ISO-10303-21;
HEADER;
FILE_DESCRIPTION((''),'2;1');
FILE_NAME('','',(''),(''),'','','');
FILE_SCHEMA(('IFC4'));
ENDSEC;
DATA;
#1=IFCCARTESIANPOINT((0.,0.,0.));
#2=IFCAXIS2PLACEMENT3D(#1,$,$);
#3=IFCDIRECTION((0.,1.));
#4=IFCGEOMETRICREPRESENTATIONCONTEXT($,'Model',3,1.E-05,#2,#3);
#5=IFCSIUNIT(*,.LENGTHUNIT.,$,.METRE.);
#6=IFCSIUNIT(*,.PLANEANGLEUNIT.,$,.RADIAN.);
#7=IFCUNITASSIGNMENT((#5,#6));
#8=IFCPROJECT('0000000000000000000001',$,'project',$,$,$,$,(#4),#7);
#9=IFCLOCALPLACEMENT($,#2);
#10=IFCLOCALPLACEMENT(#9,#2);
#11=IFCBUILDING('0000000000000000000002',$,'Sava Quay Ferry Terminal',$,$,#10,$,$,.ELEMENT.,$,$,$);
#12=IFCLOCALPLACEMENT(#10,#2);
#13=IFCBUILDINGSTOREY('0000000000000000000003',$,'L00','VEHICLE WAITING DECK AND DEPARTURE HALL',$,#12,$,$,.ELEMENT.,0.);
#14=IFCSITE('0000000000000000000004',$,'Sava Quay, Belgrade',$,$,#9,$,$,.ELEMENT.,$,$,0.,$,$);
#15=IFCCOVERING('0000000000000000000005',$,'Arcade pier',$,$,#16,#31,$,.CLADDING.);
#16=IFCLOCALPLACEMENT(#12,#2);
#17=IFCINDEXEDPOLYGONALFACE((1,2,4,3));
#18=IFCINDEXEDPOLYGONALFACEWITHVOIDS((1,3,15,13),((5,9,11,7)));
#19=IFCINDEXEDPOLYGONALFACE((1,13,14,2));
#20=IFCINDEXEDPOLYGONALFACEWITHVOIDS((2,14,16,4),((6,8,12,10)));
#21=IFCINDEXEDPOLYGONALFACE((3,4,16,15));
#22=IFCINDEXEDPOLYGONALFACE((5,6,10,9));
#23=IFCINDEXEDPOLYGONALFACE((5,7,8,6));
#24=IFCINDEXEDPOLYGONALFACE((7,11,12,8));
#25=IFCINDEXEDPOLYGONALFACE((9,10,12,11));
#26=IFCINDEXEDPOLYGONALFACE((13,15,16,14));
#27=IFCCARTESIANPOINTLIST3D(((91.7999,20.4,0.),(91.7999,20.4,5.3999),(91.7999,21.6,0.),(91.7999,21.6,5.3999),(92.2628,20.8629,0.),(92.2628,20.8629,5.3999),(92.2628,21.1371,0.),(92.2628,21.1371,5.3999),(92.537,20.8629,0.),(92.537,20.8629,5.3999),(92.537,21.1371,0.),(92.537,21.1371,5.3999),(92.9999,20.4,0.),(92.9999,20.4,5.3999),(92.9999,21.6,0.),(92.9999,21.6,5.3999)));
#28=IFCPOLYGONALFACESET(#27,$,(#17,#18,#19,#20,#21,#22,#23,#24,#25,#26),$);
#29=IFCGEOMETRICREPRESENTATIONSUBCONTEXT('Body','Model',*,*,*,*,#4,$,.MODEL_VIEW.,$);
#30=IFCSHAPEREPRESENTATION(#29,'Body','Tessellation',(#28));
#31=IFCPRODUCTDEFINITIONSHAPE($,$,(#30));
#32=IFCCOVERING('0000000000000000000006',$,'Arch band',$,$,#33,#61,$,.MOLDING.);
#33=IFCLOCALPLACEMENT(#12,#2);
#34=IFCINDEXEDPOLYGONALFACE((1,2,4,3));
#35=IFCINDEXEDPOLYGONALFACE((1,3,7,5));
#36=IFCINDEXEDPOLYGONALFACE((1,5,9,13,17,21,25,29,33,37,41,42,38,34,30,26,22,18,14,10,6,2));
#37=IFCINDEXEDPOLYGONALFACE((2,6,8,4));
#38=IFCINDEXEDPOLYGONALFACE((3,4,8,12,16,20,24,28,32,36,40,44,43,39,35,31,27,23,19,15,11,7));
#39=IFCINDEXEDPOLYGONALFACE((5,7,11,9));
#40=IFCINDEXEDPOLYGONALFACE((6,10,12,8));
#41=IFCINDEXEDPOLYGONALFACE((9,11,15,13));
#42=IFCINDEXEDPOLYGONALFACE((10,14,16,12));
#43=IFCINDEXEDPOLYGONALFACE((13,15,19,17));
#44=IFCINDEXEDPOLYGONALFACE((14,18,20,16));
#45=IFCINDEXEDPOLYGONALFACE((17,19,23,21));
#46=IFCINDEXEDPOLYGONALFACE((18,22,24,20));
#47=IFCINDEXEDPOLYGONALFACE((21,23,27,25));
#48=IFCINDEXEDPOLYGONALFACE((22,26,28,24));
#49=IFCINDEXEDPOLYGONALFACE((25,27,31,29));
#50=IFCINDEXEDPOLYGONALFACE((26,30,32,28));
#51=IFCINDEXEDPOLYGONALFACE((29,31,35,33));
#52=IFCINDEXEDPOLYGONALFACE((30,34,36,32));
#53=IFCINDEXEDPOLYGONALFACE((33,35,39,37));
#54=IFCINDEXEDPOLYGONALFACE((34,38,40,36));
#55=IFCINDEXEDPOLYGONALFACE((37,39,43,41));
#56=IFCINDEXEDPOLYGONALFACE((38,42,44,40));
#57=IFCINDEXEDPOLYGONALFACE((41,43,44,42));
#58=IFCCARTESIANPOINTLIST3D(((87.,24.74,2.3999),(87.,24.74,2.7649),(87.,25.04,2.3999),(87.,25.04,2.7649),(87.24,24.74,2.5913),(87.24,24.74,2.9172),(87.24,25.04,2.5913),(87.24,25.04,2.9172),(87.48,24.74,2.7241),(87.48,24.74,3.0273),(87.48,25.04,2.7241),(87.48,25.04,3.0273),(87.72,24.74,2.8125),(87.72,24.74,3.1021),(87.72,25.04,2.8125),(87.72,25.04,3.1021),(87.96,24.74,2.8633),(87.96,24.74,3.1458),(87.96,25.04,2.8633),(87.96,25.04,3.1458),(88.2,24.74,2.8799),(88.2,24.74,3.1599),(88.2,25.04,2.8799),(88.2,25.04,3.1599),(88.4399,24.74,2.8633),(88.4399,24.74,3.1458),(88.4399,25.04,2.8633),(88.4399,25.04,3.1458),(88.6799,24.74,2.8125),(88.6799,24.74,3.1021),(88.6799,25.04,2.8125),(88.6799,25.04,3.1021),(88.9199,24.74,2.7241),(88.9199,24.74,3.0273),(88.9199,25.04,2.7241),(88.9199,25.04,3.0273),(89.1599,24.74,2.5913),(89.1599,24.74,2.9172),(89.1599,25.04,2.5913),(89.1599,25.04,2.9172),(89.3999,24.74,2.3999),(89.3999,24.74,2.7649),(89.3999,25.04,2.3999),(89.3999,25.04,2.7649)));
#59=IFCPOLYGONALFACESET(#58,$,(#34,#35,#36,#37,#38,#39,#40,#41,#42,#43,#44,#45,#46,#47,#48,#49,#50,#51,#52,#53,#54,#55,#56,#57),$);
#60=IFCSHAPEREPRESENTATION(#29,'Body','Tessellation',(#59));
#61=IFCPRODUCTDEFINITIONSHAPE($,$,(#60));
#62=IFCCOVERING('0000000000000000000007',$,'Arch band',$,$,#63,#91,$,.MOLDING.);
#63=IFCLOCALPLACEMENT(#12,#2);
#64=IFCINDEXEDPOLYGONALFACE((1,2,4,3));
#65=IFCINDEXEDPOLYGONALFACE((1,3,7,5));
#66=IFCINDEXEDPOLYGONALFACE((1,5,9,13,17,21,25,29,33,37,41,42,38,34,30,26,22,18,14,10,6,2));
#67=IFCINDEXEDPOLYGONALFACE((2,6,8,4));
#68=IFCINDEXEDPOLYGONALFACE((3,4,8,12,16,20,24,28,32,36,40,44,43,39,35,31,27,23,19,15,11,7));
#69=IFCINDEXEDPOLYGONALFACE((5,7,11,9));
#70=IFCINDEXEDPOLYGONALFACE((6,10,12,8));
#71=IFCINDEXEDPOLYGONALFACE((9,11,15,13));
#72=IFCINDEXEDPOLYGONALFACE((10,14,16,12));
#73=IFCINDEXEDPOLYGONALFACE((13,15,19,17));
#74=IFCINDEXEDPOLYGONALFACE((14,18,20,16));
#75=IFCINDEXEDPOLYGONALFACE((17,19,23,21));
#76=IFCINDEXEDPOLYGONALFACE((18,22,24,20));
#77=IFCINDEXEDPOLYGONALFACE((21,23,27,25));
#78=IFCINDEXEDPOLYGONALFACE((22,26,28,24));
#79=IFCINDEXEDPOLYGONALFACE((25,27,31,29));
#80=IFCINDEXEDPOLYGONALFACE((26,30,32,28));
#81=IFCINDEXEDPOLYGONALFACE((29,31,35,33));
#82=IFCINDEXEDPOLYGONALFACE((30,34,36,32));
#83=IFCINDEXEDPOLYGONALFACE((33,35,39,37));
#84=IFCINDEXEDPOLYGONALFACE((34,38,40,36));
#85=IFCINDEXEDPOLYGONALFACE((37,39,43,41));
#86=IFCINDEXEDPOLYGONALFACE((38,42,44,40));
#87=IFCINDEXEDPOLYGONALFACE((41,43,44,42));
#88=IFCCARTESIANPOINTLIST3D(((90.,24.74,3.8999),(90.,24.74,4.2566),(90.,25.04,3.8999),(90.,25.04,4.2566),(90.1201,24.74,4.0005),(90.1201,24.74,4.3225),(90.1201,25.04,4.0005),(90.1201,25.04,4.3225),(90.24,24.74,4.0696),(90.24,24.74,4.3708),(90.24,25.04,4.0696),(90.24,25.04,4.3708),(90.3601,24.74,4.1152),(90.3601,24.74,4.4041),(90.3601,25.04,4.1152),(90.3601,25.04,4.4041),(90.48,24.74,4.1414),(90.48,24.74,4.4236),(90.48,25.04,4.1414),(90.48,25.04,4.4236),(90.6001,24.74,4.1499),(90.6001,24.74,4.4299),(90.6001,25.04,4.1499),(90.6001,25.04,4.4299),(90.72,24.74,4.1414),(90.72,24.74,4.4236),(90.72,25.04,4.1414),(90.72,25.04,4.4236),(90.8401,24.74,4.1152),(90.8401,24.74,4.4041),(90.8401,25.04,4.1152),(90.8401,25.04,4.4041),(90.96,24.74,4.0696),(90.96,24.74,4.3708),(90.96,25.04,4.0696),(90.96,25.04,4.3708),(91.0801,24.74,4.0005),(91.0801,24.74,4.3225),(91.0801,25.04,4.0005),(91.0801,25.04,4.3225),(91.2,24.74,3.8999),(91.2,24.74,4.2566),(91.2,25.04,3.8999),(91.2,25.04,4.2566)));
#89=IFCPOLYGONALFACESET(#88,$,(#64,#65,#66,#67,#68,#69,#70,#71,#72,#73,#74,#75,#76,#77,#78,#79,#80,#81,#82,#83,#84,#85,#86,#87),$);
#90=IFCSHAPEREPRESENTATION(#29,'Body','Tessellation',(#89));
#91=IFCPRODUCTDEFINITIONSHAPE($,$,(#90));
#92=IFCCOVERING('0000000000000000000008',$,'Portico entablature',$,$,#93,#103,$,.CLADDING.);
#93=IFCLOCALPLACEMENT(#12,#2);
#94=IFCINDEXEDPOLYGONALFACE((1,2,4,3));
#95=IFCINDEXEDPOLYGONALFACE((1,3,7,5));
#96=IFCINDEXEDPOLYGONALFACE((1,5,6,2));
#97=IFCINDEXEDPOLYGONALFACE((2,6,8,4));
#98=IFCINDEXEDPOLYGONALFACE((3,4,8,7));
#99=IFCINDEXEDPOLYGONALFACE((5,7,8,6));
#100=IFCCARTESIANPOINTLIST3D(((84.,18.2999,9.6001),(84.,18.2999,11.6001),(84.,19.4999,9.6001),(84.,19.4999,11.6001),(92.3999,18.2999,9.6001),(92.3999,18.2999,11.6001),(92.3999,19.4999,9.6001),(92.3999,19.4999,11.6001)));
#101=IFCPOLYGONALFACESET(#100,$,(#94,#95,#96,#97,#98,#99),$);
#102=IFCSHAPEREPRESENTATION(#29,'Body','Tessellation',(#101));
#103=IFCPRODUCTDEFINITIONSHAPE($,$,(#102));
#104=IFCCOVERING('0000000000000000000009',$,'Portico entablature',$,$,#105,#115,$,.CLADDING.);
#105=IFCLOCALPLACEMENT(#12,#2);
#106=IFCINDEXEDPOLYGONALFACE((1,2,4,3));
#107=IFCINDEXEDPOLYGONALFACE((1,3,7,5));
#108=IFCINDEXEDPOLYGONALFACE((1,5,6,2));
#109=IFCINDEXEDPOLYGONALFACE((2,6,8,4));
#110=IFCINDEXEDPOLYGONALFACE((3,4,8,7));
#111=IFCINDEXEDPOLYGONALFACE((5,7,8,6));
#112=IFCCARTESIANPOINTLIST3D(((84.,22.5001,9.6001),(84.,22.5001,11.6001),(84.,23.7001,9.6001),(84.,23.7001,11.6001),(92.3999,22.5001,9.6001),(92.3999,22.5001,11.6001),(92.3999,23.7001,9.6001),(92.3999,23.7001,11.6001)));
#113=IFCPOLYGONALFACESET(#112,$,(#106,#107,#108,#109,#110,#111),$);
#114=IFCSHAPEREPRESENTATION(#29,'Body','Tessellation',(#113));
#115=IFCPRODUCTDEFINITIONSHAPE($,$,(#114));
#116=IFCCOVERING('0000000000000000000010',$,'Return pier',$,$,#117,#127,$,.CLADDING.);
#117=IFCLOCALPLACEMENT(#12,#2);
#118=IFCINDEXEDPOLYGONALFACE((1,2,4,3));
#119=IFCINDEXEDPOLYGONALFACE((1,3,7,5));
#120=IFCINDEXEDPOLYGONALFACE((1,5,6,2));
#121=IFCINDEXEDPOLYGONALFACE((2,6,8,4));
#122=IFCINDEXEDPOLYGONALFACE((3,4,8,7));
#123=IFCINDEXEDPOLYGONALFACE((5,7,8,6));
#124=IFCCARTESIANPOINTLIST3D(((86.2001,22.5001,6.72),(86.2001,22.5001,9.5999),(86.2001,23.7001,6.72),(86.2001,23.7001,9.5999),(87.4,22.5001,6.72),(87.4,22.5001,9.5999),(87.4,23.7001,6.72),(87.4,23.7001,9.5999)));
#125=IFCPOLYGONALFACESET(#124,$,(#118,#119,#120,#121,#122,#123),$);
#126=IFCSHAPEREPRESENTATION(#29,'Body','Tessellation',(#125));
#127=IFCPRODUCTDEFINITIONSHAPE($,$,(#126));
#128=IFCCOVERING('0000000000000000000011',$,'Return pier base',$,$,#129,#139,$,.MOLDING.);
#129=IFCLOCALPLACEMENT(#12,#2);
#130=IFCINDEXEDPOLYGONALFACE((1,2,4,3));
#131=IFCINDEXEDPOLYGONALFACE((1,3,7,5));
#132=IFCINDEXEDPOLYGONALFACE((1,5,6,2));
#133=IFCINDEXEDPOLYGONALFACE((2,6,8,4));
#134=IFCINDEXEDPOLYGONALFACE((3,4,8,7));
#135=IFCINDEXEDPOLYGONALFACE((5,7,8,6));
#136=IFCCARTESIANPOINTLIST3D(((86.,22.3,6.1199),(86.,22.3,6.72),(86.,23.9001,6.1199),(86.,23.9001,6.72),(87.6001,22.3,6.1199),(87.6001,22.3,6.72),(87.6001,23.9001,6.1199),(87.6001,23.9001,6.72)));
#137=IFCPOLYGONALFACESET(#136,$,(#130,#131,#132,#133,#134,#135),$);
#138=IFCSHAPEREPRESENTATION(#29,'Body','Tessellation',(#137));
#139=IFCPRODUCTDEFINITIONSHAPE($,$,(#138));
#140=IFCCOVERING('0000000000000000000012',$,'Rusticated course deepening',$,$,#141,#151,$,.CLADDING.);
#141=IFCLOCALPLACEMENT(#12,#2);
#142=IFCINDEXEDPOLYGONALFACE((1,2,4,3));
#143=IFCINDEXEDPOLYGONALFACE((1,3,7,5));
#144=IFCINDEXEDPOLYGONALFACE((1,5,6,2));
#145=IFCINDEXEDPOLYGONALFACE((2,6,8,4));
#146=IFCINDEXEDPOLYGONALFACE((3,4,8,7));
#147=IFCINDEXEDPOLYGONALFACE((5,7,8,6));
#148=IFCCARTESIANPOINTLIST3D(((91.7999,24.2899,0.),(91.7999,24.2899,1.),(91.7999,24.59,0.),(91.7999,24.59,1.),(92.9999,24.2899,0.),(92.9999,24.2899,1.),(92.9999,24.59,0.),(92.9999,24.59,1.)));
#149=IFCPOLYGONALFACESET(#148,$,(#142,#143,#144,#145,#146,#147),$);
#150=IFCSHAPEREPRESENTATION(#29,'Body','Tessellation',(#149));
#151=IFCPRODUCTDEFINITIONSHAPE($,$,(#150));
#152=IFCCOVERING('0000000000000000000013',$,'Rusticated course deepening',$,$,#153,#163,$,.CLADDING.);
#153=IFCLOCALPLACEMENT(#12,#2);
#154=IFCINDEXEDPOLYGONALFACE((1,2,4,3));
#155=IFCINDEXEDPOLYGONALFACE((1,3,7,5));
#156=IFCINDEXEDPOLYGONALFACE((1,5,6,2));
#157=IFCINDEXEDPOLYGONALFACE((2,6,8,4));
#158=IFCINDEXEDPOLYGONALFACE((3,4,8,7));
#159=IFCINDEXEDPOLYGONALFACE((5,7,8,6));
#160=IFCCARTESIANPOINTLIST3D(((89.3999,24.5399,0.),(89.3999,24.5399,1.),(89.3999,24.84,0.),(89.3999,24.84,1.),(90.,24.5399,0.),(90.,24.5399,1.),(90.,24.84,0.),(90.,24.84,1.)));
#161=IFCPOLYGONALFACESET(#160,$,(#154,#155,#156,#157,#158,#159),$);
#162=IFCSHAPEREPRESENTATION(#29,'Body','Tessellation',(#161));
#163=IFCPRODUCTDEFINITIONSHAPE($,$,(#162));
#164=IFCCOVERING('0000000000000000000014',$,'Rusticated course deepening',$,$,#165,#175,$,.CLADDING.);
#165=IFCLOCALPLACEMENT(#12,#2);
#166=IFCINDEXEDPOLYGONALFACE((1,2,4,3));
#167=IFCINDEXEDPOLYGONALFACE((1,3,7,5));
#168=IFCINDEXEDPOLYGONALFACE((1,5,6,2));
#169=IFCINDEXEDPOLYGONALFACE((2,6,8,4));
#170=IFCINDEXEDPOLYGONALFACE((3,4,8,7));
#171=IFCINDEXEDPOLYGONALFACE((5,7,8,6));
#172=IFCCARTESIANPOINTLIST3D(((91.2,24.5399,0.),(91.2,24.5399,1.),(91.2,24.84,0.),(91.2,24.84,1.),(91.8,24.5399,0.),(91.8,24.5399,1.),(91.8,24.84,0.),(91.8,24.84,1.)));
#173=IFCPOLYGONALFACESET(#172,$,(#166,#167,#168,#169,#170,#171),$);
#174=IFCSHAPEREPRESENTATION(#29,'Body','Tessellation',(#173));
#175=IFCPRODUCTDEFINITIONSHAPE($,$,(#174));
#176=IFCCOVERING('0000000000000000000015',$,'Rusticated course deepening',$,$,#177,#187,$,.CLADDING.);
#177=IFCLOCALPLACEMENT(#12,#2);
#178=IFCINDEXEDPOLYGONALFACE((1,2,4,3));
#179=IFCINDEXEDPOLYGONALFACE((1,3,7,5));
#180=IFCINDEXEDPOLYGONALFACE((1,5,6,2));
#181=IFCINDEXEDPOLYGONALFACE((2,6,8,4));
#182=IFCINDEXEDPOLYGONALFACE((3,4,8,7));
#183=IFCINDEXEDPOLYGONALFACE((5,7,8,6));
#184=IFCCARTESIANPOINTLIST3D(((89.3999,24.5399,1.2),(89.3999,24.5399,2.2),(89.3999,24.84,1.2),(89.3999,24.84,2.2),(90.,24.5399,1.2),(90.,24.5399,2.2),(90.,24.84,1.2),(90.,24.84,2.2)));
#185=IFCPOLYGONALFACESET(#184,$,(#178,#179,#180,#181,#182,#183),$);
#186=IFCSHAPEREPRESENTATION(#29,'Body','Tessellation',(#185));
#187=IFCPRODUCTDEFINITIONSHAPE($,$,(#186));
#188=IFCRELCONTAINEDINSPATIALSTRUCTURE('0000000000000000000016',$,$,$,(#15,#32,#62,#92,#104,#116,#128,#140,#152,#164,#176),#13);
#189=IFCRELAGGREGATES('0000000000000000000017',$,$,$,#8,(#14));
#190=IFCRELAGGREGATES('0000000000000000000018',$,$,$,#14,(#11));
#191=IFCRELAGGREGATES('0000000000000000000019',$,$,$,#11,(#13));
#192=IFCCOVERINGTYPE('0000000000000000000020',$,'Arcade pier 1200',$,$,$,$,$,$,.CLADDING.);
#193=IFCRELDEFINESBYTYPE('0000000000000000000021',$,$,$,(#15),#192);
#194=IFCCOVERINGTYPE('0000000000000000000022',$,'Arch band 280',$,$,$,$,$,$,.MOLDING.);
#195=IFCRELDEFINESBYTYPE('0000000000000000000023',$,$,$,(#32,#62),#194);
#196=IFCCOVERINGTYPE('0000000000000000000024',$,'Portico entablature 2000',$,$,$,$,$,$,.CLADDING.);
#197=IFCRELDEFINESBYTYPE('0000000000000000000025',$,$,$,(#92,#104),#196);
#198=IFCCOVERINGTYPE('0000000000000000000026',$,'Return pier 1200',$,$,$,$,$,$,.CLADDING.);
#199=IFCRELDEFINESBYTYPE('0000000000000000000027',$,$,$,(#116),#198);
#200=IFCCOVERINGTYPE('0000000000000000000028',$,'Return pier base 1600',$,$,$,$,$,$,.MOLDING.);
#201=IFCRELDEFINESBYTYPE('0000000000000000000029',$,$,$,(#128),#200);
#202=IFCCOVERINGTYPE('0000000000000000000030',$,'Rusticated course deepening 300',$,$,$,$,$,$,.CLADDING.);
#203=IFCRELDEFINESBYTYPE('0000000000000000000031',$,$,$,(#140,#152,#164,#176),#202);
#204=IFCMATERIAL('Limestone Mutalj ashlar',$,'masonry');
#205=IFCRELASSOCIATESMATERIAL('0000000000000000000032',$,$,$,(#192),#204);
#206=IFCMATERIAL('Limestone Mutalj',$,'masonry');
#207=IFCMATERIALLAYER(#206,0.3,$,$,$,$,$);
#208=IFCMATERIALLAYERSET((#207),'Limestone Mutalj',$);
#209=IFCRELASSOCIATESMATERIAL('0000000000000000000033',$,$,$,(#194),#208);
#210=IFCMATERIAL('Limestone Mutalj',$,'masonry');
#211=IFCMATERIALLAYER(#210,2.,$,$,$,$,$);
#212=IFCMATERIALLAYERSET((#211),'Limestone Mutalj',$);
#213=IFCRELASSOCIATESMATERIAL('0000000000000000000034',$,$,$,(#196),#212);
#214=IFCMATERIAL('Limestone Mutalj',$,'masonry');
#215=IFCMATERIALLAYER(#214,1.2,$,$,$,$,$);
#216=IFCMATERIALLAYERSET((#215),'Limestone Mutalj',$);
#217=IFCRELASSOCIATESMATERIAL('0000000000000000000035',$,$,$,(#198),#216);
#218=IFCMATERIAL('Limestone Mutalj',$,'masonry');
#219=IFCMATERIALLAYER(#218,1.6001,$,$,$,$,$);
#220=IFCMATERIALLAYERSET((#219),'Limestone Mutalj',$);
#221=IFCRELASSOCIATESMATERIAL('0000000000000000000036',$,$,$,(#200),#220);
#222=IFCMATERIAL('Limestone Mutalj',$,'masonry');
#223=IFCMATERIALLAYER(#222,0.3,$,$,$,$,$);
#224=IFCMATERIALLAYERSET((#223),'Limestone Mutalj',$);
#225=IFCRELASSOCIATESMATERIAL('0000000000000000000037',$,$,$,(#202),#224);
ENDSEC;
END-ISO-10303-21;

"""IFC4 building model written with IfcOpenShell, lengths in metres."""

from ifc_helpers import new_model, si_unit, direction, frame, origin, origin_2d, place, context, subcontext, project, spatial, polyline, rectangle, hollow_rectangle, outline, extrude, material, layer, layer_set, material_profile, profile_set, type_object, element, save


model = new_model("IFC4")

# Units and contexts
model_context = context("Model", 3, precision=1e-05, world=origin(), true_north=direction((0.0, 1.0)))
body_context = subcontext(model_context, "Body", "Model", "MODEL_VIEW")
ifc_project = project(units=[si_unit("LENGTHUNIT", "METRE"), si_unit("PLANEANGLEUNIT", "RADIAN")], contexts=[model_context])

# Site, building, storey
site_placement = place(None, origin())
site = spatial("IfcSite", under=ifc_project, at=site_placement, Name="Sava Quay, Belgrade", CompositionType="ELEMENT", RefElevation=0.0)
building_placement = place(site_placement, origin())
building = spatial("IfcBuilding", under=site, at=building_placement, Name="Sava Quay Ferry Terminal", CompositionType="ELEMENT")
storey_placement = place(building_placement, origin())
storey = spatial("IfcBuildingStorey", under=building, at=storey_placement, Name="L00", Description="VEHICLE WAITING DECK AND DEPARTURE HALL", CompositionType="ELEMENT", Elevation=0.0)

# Coverings
ifc_material_1 = material(Name="Limestone Mutalj ashlar", Category="masonry")
ifc_material_profile_1 = material_profile(ifc_material_1, hollow_rectangle(XDim=1.2, YDim=1.2, WallThickness=0.4629, at=origin_2d()), Name="Arcade pier 1200")
ifc_profile_set_1 = profile_set([ifc_material_profile_1], Name="Limestone Mutalj ashlar")
covering_type_1 = type_object("IfcCoveringType", Name="Arcade pier 1200", PredefinedType="CLADDING", material=ifc_profile_set_1)
covering_1_placement = place(storey_placement, frame((92.3999, 21.0, 0.0), z_axis=(0.0, 0.0, 1.0), x_axis=(1.0, 0.0, 0.0)))
element("IfcCovering", 1, at=covering_1_placement, inside=storey, type_object=covering_type_1, Name="Arcade pier", PredefinedType="CLADDING", context=body_context, shape_type="SweptSolid", body=[
    extrude(hollow_rectangle(XDim=1.2, YDim=1.2, WallThickness=0.4629, at=origin_2d()), origin(), (0.0, 0.0, 1.0), 5.3999),
])
ifc_material_2 = material(Name="Limestone Mutalj", Category="masonry")
ifc_layer_1 = layer(ifc_material_2, 0.3)
ifc_layer_set_1 = layer_set([ifc_layer_1], Name="Limestone Mutalj")
covering_type_2 = type_object("IfcCoveringType", Name="Arch band 280", PredefinedType="MOLDING", material=ifc_layer_set_1)
covering_2_placement = place(storey_placement, frame((87.0, 24.74, 2.3999), z_axis=(0.0, -1.0, 0.0), x_axis=(0.781799, 0.0, 0.62353)))
element("IfcCovering", 2, at=covering_2_placement, inside=storey, type_object=covering_type_2, Name="Arch band", PredefinedType="MOLDING", context=body_context, shape_type="SweptSolid", body=[
    extrude(outline(polyline([(0.0, 0.0), (0.307, 0.0), (0.5774, -0.0458), (0.8201, -0.1264), (1.0394, -0.2363), (1.2374, -0.373), (1.4147, -0.5356), (1.5706, -0.7249), (1.7032, -0.9437), (1.808, -1.1971), (1.8762, -1.4964), (2.1038, -1.2111), (2.0112, -0.9423), (1.8922, -0.7066), (1.7512, -0.4985), (1.5908, -0.3147), (1.412, -0.154), (1.2156, -0.0155), (1.0007, 0.1), (0.7665, 0.1913), (0.5102, 0.2548), (0.2276, 0.2853), (0.0, 0.0)])), origin(), (0.0, 0.0, -1.0), 0.3),
])
covering_3_placement = place(storey_placement, frame((90.0, 24.74, 3.8999), z_axis=(0.0, -1.0, 0.0), x_axis=(0.766686, 0.0, 0.642022)))
element("IfcCovering", 3, at=covering_3_placement, inside=storey, type_object=covering_type_2, Name="Arch band", PredefinedType="MOLDING", context=body_context, shape_type="SweptSolid", body=[
    extrude(outline(polyline([(0.0, 0.0), (0.1567, 0.0), (0.2929, -0.024), (0.4143, -0.0661), (0.523, -0.123), (0.6206, -0.1936), (0.707, -0.2771), (0.7823, -0.3743), (0.8449, -0.4862), (0.8927, -0.6163), (0.92, -0.7704), (1.149, -0.4969), (1.0994, -0.3694), (1.0383, -0.2552), (0.9678, -0.1528), (0.8882, -0.0607), (0.8004, 0.0211), (0.7042, 0.0933), (0.5998, 0.1553), (0.4864, 0.207), (0.3634, 0.2469), (0.229, 0.2735), (0.0, 0.0)])), origin(), (0.0, 0.0, -1.0), 0.3),
])
ifc_material_3 = material(Name="Limestone Mutalj", Category="masonry")
ifc_layer_2 = layer(ifc_material_3, 2.0)
ifc_layer_set_2 = layer_set([ifc_layer_2], Name="Limestone Mutalj")
covering_type_3 = type_object("IfcCoveringType", Name="Portico entablature 2000", PredefinedType="CLADDING", material=ifc_layer_set_2)
for number, where, z_axis, x_axis, name in (
    (4, (88.2, 18.8999, 9.6001), (0.0, 0.0, 1.0), (1.0, 0.0, 0.0), "Portico entablature"),
    (5, (88.2, 23.1001, 9.6001), (0.0, 0.0, 1.0), (1.0, 0.0, 0.0), "Portico entablature"),
):
    element("IfcCovering", number, at=place(storey_placement, frame(where, z_axis=z_axis, x_axis=x_axis)), inside=storey, type_object=covering_type_3, Name=name, PredefinedType="CLADDING", context=body_context, shape_type="SweptSolid", body=[
        extrude(rectangle(XDim=8.3999, YDim=1.2, at=origin_2d()), origin(), (0.0, 0.0, 1.0), 2.0),
    ])
ifc_material_4 = material(Name="Limestone Mutalj", Category="masonry")
ifc_layer_3 = layer(ifc_material_4, 1.2)
ifc_layer_set_3 = layer_set([ifc_layer_3], Name="Limestone Mutalj")
covering_type_4 = type_object("IfcCoveringType", Name="Return pier 1200", PredefinedType="CLADDING", material=ifc_layer_set_3)
covering_4_placement = place(storey_placement, frame((86.8, 23.1001, 6.72), z_axis=(0.0, 0.0, 1.0), x_axis=(1.0, 0.0, 0.0)))
element("IfcCovering", 6, at=covering_4_placement, inside=storey, type_object=covering_type_4, Name="Return pier", PredefinedType="CLADDING", context=body_context, shape_type="SweptSolid", body=[
    extrude(rectangle(XDim=1.2, YDim=1.2, at=origin_2d()), origin(), (0.0, 0.0, 1.0), 2.8799),
])
ifc_material_5 = material(Name="Limestone Mutalj", Category="masonry")
ifc_layer_4 = layer(ifc_material_5, 1.6001)
ifc_layer_set_4 = layer_set([ifc_layer_4], Name="Limestone Mutalj")
covering_type_5 = type_object("IfcCoveringType", Name="Return pier base 1600", PredefinedType="MOLDING", material=ifc_layer_set_4)
covering_5_placement = place(storey_placement, frame((86.8, 23.1001, 6.1199), z_axis=(0.0, 0.0, 1.0), x_axis=(1.0, 0.0, 0.0)))
element("IfcCovering", 7, at=covering_5_placement, inside=storey, type_object=covering_type_5, Name="Return pier base", PredefinedType="MOLDING", context=body_context, shape_type="SweptSolid", body=[
    extrude(rectangle(XDim=1.6001, YDim=1.6001, at=origin_2d()), origin(), (0.0, 0.0, 1.0), 0.6001),
])
ifc_material_6 = material(Name="Limestone Mutalj", Category="masonry")
ifc_layer_5 = layer(ifc_material_6, 0.3)
ifc_layer_set_5 = layer_set([ifc_layer_5], Name="Limestone Mutalj")
covering_type_6 = type_object("IfcCoveringType", Name="Rusticated course deepening 300", PredefinedType="CLADDING", material=ifc_layer_set_5)
covering_6_placement = place(storey_placement, frame((92.3999, 24.4399, 0.0), z_axis=(0.0, 0.0, 1.0), x_axis=(1.0, 0.0, 0.0)))
element("IfcCovering", 8, at=covering_6_placement, inside=storey, type_object=covering_type_6, Name="Rusticated course deepening", PredefinedType="CLADDING", context=body_context, shape_type="SweptSolid", body=[
    extrude(rectangle(XDim=1.2, YDim=0.3, at=origin_2d()), origin(), (0.0, 0.0, 1.0), 1.0),
])
for number, where, z_axis, x_axis, name in (
    (9, (89.7, 24.6899, 0.0), (0.0, 0.0, 1.0), (1.0, 0.0, 0.0), "Rusticated course deepening"),
    (10, (91.5, 24.6899, 0.0), (0.0, 0.0, 1.0), (1.0, 0.0, 0.0), "Rusticated course deepening"),
    (11, (89.7, 24.6899, 1.2), (0.0, 0.0, 1.0), (1.0, 0.0, 0.0), "Rusticated course deepening"),
):
    element("IfcCovering", number, at=place(storey_placement, frame(where, z_axis=z_axis, x_axis=x_axis)), inside=storey, type_object=covering_type_6, Name=name, PredefinedType="CLADDING", context=body_context, shape_type="SweptSolid", body=[
        extrude(rectangle(XDim=0.6001, YDim=0.3, at=origin_2d()), origin(), (0.0, 0.0, 1.0), 1.0),
    ])

save(model, "model.ifc")
